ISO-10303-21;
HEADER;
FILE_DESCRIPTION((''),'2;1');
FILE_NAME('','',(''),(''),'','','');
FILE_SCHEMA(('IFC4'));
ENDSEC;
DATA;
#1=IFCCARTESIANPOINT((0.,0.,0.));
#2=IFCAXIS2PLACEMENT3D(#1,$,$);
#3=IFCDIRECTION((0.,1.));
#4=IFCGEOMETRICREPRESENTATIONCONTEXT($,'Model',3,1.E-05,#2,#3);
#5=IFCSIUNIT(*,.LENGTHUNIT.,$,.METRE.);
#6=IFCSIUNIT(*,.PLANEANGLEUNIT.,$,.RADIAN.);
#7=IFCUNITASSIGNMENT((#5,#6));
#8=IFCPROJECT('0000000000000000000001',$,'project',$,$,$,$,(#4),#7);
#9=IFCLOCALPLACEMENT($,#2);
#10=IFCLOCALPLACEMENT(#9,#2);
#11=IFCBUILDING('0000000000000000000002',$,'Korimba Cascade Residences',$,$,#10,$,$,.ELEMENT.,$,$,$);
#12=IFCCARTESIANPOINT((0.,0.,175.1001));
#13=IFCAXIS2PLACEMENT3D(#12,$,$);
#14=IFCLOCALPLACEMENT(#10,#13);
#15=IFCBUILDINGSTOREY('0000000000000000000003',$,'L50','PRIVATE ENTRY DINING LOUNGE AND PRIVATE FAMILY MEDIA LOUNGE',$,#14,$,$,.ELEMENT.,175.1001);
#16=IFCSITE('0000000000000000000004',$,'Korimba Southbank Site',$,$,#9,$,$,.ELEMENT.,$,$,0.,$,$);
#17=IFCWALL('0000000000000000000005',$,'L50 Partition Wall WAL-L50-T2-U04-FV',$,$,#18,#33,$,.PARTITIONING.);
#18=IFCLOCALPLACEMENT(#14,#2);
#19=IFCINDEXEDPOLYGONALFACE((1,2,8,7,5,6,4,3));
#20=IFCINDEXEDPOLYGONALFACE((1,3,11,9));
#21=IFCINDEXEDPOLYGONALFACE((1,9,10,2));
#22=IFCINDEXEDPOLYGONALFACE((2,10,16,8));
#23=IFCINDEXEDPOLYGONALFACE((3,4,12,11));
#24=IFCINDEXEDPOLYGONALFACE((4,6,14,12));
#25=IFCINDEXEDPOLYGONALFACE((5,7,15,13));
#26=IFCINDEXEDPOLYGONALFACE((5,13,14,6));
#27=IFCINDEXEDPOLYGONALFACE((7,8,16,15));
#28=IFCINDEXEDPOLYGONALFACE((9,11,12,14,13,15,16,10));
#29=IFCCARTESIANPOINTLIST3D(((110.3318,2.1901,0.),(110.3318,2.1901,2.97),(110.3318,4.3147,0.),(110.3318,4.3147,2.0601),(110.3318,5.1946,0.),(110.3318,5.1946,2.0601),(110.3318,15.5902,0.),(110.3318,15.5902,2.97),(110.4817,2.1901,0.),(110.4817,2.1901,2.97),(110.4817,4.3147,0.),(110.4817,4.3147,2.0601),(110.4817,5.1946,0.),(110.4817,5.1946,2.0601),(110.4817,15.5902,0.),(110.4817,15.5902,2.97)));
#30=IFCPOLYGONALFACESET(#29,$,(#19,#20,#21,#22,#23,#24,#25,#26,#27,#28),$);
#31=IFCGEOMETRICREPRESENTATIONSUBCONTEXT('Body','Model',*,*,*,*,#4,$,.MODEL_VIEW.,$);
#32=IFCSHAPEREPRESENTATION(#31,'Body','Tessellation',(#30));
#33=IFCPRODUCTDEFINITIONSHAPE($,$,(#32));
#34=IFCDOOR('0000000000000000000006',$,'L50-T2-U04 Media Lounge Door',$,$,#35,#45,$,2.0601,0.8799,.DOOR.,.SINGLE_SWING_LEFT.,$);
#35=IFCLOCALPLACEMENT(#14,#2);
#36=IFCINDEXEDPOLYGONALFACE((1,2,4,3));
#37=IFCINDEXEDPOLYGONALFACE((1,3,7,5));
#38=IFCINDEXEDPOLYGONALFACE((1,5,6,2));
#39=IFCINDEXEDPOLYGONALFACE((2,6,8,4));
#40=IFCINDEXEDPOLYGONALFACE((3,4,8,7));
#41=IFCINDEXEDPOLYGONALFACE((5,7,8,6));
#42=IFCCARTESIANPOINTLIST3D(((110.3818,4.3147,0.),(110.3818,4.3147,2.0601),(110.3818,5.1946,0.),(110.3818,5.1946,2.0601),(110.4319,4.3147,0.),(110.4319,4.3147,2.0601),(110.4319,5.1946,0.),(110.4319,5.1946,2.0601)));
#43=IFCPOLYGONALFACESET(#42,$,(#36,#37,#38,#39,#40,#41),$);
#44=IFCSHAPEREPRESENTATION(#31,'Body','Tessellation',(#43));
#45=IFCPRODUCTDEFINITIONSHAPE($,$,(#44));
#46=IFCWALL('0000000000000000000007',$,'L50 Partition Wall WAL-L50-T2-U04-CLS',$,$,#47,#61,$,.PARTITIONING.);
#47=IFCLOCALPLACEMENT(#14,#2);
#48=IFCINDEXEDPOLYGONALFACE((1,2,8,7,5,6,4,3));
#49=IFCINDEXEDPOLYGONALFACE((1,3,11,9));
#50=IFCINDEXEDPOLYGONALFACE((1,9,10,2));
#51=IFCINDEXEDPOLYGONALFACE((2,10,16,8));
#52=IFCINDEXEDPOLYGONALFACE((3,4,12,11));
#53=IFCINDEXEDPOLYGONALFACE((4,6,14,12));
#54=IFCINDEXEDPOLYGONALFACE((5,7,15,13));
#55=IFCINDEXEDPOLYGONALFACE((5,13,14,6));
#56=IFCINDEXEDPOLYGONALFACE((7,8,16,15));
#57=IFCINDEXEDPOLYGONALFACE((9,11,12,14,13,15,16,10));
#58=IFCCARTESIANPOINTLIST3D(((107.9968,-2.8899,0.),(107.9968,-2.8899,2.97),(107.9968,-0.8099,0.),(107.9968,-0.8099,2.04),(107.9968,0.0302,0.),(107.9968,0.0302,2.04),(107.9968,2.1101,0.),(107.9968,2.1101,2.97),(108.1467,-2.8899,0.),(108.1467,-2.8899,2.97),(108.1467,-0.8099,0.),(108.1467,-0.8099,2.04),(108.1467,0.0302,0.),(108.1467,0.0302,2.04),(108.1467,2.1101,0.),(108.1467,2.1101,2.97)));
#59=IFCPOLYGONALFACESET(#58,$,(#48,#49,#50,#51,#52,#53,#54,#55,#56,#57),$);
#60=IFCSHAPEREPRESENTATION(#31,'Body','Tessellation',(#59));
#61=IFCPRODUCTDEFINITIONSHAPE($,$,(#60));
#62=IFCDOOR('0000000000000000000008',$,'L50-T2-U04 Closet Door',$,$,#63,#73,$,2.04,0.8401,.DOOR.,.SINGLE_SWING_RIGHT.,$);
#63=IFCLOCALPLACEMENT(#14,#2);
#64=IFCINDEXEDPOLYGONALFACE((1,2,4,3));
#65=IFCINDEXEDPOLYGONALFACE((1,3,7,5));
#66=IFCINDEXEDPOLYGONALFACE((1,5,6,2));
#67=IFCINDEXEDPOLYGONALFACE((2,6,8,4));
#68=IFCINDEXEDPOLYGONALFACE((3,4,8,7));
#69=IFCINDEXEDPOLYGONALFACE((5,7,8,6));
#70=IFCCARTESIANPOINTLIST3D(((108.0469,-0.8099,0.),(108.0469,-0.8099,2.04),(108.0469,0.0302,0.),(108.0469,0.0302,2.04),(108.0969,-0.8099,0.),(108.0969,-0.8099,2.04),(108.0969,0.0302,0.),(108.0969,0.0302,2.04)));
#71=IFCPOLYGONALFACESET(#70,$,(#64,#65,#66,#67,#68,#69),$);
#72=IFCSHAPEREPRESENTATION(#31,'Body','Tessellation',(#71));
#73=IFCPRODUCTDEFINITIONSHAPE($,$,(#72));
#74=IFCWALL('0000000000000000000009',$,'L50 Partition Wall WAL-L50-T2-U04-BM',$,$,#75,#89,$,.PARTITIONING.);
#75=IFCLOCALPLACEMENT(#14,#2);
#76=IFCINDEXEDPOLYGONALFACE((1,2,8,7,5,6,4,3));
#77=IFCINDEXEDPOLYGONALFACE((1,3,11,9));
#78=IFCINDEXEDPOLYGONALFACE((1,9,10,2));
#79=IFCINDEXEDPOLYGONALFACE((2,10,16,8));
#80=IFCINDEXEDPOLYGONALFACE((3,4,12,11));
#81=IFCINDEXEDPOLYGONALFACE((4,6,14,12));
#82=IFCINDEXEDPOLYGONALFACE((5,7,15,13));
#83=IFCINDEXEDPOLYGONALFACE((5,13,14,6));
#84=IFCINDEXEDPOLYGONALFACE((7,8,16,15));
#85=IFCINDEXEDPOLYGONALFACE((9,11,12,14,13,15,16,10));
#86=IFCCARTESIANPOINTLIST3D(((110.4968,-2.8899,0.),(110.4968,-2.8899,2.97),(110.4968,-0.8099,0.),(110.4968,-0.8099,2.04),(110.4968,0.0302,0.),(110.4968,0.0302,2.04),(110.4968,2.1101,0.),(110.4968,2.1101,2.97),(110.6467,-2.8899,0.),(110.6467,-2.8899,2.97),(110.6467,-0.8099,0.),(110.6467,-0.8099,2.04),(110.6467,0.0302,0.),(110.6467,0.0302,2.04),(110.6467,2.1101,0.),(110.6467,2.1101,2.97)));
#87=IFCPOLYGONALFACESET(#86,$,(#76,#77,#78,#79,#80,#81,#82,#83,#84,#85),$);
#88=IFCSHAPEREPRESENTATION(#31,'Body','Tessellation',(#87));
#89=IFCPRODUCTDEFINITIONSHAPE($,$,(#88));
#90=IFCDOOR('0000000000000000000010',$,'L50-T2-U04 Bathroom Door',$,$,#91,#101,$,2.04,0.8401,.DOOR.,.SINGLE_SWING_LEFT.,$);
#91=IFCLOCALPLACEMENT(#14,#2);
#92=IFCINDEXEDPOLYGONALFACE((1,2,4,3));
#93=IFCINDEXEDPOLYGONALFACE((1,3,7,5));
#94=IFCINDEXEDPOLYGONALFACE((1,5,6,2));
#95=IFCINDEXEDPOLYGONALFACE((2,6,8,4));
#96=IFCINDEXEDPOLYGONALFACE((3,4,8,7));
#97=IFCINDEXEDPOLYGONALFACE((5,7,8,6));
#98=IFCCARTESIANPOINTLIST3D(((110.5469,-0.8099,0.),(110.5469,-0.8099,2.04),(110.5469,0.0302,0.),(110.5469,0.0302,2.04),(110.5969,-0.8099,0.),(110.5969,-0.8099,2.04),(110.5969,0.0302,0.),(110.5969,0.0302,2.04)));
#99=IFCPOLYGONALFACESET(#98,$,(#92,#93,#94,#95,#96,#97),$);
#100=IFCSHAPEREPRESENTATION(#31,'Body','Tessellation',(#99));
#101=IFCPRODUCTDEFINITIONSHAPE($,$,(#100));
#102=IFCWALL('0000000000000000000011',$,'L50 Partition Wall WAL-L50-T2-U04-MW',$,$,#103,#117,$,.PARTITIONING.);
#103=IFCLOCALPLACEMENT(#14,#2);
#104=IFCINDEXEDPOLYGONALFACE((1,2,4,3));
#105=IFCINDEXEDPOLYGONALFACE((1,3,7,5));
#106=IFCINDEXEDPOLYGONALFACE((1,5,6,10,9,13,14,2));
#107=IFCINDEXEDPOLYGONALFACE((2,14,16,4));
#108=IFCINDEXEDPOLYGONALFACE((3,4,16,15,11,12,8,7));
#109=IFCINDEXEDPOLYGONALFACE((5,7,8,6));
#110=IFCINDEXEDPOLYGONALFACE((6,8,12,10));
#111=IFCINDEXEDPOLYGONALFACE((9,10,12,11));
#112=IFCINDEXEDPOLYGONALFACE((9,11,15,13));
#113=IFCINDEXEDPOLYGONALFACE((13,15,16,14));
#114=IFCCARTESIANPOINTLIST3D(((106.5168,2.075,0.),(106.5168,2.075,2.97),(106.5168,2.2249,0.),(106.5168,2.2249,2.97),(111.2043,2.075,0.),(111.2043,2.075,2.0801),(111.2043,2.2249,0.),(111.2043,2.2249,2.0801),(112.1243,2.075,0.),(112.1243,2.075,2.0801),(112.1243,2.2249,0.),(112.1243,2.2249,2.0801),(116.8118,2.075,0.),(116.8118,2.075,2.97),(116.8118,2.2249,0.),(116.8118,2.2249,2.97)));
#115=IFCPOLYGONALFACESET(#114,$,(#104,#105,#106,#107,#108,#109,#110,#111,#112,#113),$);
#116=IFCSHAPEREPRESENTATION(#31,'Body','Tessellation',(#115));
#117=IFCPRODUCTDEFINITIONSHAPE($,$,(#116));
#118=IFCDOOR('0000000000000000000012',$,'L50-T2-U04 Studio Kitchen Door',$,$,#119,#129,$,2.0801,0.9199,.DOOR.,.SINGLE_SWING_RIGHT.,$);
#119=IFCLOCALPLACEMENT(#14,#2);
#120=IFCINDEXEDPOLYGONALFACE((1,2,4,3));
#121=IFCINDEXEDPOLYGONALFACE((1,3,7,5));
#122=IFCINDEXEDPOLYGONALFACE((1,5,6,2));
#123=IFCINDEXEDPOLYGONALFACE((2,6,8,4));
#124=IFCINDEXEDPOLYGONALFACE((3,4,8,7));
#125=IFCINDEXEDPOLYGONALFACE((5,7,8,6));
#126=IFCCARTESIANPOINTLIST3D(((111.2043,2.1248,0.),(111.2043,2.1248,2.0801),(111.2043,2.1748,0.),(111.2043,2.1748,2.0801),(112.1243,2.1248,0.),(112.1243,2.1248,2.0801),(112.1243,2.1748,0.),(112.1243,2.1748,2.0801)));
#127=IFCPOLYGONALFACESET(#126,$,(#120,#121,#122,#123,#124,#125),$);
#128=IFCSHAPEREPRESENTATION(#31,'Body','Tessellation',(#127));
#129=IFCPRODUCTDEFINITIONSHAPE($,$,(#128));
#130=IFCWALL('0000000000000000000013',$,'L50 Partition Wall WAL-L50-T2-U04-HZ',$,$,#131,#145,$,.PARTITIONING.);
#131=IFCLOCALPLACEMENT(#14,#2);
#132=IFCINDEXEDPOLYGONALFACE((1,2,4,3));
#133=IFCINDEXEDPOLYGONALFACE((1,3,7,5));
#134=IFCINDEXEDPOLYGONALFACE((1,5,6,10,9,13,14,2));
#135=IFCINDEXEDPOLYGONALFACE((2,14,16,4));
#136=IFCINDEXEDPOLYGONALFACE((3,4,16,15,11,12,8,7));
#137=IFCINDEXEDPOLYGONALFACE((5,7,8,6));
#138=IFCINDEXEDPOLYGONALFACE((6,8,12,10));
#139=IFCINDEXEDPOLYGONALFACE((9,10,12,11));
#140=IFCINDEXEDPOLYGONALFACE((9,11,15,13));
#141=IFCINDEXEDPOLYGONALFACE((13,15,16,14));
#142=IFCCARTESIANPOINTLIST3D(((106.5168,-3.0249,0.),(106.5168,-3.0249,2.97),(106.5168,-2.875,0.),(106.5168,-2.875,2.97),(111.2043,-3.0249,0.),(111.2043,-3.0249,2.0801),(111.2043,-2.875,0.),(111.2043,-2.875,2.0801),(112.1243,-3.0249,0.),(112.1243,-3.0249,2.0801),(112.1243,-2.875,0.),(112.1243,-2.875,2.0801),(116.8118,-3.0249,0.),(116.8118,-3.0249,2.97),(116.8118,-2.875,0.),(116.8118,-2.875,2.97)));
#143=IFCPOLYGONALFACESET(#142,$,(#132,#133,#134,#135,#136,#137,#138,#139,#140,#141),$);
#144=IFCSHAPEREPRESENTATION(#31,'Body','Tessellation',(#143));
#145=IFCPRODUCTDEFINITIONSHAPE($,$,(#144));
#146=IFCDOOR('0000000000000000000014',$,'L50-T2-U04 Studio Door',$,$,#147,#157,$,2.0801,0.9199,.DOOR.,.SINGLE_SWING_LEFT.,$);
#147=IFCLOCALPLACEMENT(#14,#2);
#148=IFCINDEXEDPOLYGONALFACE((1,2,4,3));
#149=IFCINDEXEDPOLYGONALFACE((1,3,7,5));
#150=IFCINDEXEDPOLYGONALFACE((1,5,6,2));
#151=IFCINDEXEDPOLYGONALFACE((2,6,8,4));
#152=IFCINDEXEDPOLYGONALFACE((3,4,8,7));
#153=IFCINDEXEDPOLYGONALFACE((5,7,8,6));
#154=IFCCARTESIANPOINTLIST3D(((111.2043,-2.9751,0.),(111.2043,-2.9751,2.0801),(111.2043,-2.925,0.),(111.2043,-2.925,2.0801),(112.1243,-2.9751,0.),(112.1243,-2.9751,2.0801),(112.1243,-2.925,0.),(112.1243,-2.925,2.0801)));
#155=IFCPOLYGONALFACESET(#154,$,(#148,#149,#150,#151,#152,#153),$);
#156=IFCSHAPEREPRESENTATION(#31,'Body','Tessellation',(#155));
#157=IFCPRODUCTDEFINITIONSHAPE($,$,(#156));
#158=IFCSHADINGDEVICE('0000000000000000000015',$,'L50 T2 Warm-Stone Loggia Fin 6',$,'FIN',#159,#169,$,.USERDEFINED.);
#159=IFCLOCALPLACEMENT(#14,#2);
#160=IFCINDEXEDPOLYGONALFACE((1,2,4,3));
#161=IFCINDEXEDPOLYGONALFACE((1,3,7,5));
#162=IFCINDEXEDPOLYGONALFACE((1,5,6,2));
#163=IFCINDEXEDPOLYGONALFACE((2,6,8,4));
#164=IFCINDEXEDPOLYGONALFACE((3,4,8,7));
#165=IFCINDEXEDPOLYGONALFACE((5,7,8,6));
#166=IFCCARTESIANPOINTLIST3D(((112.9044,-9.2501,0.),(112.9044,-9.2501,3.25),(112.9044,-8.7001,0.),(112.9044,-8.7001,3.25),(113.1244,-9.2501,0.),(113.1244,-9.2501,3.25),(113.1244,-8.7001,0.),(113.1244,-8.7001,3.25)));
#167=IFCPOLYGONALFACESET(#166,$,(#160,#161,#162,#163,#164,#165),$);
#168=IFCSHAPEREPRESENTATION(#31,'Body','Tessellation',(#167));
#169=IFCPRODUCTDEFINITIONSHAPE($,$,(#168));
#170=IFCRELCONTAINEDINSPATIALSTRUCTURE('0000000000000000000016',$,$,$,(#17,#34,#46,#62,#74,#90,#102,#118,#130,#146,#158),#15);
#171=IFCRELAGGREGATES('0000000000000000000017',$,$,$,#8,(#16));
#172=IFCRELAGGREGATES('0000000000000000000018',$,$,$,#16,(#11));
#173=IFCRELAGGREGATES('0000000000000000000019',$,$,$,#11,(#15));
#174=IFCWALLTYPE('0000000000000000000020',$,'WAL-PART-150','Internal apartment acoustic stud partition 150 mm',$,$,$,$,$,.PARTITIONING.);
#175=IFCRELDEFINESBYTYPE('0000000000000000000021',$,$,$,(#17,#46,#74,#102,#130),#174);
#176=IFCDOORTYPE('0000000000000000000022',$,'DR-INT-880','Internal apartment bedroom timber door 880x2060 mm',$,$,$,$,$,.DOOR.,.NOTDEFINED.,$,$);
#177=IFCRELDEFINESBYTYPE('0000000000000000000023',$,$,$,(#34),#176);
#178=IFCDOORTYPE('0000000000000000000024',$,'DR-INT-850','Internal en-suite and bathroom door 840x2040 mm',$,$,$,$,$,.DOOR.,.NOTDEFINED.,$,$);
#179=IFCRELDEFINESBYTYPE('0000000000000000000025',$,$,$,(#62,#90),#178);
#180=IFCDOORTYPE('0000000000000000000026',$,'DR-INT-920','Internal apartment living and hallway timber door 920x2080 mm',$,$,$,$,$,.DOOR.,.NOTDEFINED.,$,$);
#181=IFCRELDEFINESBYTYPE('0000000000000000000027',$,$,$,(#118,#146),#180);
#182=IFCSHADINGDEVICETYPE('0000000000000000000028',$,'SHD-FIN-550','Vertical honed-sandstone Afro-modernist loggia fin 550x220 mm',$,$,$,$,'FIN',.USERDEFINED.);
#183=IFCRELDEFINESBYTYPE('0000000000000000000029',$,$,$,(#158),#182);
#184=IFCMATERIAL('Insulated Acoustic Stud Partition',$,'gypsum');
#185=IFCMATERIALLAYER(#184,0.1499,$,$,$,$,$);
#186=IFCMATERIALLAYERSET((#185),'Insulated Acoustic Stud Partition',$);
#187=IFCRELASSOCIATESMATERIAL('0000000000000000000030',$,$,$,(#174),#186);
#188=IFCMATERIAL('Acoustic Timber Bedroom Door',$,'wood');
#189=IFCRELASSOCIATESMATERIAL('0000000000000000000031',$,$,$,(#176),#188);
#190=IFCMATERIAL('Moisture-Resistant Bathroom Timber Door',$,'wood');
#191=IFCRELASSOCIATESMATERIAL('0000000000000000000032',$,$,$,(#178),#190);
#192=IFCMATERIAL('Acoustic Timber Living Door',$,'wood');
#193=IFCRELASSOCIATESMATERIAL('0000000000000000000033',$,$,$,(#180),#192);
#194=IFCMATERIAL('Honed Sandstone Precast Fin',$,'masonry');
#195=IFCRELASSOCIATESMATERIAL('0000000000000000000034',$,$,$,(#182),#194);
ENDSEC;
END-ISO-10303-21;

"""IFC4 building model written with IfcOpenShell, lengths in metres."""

from ifc_helpers import new_model, si_unit, direction, frame, frame_2d, origin, origin_2d, place, context, subcontext, project, spatial, rectangle, extrude, material, layer, layer_set, type_object, element, fill, save


model = new_model("IFC4")

# Units and contexts
model_context = context("Model", 3, precision=1e-05, world=origin(), true_north=direction((0.0, 1.0)))
body_context = subcontext(model_context, "Body", "Model", "MODEL_VIEW")
ifc_project = project(units=[si_unit("LENGTHUNIT", "METRE"), si_unit("PLANEANGLEUNIT", "RADIAN")], contexts=[model_context])

# Site, building, storey
site_placement = place(None, origin())
site = spatial("IfcSite", under=ifc_project, at=site_placement, Name="Korimba Southbank Site", CompositionType="ELEMENT", RefElevation=0.0)
building_placement = place(site_placement, origin())
building = spatial("IfcBuilding", under=site, at=building_placement, Name="Korimba Cascade Residences", CompositionType="ELEMENT")
storey_placement = place(building_placement, frame((0.0, 0.0, 175.1001)))
storey = spatial("IfcBuildingStorey", under=building, at=storey_placement, Name="L50", Description="PRIVATE ENTRY DINING LOUNGE AND PRIVATE FAMILY MEDIA LOUNGE", CompositionType="ELEMENT", Elevation=175.1001)

# Walls, openings, doors
ifc_material_1 = material(Name="Insulated Acoustic Stud Partition", Category="gypsum")
ifc_layer_1 = layer(ifc_material_1, 0.1499)
ifc_layer_set_1 = layer_set([ifc_layer_1], Name="Insulated Acoustic Stud Partition")
wall_type_1 = type_object("IfcWallType", Name="WAL-PART-150", Description="Internal apartment acoustic stud partition 150 mm", PredefinedType="PARTITIONING", material=ifc_layer_set_1)
wall_1_placement = place(storey_placement, frame((110.4067, 2.1899, 0.0), z_axis=(0.0, 0.0, 1.0), x_axis=(0.0, 1.0, 0.0)))
wall_1 = element("IfcWall", 1, at=wall_1_placement, inside=storey, type_object=wall_type_1, Name="L50 Partition Wall WAL-L50-T2-U04-FV", PredefinedType="PARTITIONING", context=body_context, shape_type="SweptSolid", body=[
    extrude(rectangle(XDim=13.4001, YDim=0.1499, at=frame_2d((6.7002, 0.0))), origin(), (0.0, 0.0, 1.0), 2.97),
])
opening_1_placement = place(wall_1_placement, frame((2.1248, 0.0, 0.0)))
opening_1 = element("IfcOpeningElement", 2, at=opening_1_placement, cuts=wall_1, PredefinedType="OPENING", context=body_context, shape_type="SweptSolid", body=[
    extrude(rectangle(XDim=0.8799, YDim=2.0601, at=frame_2d((0.4399, 1.03))), frame((0.0, 0.085, 0.0), z_axis=(0.0, -1.0, 0.0), x_axis=(1.0, 0.0, 0.0)), (0.0, 0.0, 1.0), 0.1699),
])
ifc_material_2 = material(Name="Acoustic Timber Bedroom Door", Category="wood")
door_type_1 = type_object("IfcDoorType", Name="DR-INT-880", Description="Internal apartment bedroom timber door 880x2060 mm", OperationType="NOTDEFINED", PredefinedType="DOOR", material=ifc_material_2)
door_1_placement = place(opening_1_placement, origin())
door_1 = element("IfcDoor", 3, at=door_1_placement, inside=storey, type_object=door_type_1, Name="L50-T2-U04 Media Lounge Door", OperationType="SINGLE_SWING_LEFT", OverallHeight=2.0601, OverallWidth=0.8799, PredefinedType="DOOR", context=body_context, shape_type="SweptSolid", body=[
    extrude(rectangle(XDim=0.8799, YDim=2.0601, at=frame_2d((0.4399, 1.03))), frame((0.0, 0.0249, 0.0), z_axis=(0.0, -1.0, 0.0), x_axis=(1.0, 0.0, 0.0)), (0.0, 0.0, 1.0), 0.05),
])
fill(opening_1, door_1)
wall_2_placement = place(storey_placement, frame((108.0718, -2.8899, 0.0), z_axis=(0.0, 0.0, 1.0), x_axis=(0.0, 1.0, 0.0)))
wall_2 = element("IfcWall", 4, at=wall_2_placement, inside=storey, type_object=wall_type_1, Name="L50 Partition Wall WAL-L50-T2-U04-CLS", PredefinedType="PARTITIONING", context=body_context, shape_type="SweptSolid", body=[
    extrude(rectangle(XDim=5.0, YDim=0.1499, at=frame_2d((2.5, 0.0))), origin(), (0.0, 0.0, 1.0), 2.97),
])
opening_2_placement = place(wall_2_placement, frame((2.0801, 0.0, 0.0)))
opening_2 = element("IfcOpeningElement", 5, at=opening_2_placement, cuts=wall_2, PredefinedType="OPENING", context=body_context, shape_type="SweptSolid", body=[
    extrude(rectangle(XDim=0.8401, YDim=2.04, at=frame_2d((0.4199, 1.02))), frame((0.0, 0.085, 0.0), z_axis=(0.0, -1.0, 0.0), x_axis=(1.0, 0.0, 0.0)), (0.0, 0.0, 1.0), 0.1699),
])
ifc_material_3 = material(Name="Moisture-Resistant Bathroom Timber Door", Category="wood")
door_type_2 = type_object("IfcDoorType", Name="DR-INT-850", Description="Internal en-suite and bathroom door 840x2040 mm", OperationType="NOTDEFINED", PredefinedType="DOOR", material=ifc_material_3)
door_2_placement = place(opening_2_placement, origin())
door_2 = element("IfcDoor", 6, at=door_2_placement, inside=storey, type_object=door_type_2, Name="L50-T2-U04 Closet Door", OperationType="SINGLE_SWING_RIGHT", OverallHeight=2.04, OverallWidth=0.8401, PredefinedType="DOOR", context=body_context, shape_type="SweptSolid", body=[
    extrude(rectangle(XDim=0.8401, YDim=2.04, at=frame_2d((0.4199, 1.02))), frame((0.0, 0.0249, 0.0), z_axis=(0.0, -1.0, 0.0), x_axis=(1.0, 0.0, 0.0)), (0.0, 0.0, 1.0), 0.05),
])
fill(opening_2, door_2)
wall_3_placement = place(storey_placement, frame((110.5718, -2.8899, 0.0), z_axis=(0.0, 0.0, 1.0), x_axis=(0.0, 1.0, 0.0)))
wall_3 = element("IfcWall", 7, at=wall_3_placement, inside=storey, type_object=wall_type_1, Name="L50 Partition Wall WAL-L50-T2-U04-BM", PredefinedType="PARTITIONING", context=body_context, shape_type="SweptSolid", body=[
    extrude(rectangle(XDim=5.0, YDim=0.1499, at=frame_2d((2.5, 0.0))), origin(), (0.0, 0.0, 1.0), 2.97),
])
opening_3_placement = place(wall_3_placement, frame((2.0801, 0.0, 0.0)))
opening_3 = element("IfcOpeningElement", 8, at=opening_3_placement, cuts=wall_3, PredefinedType="OPENING", context=body_context, shape_type="SweptSolid", body=[
    extrude(rectangle(XDim=0.8401, YDim=2.04, at=frame_2d((0.4199, 1.02))), frame((0.0, 0.085, 0.0), z_axis=(0.0, -1.0, 0.0), x_axis=(1.0, 0.0, 0.0)), (0.0, 0.0, 1.0), 0.1699),
])
door_3_placement = place(opening_3_placement, origin())
door_3 = element("IfcDoor", 9, at=door_3_placement, inside=storey, type_object=door_type_2, Name="L50-T2-U04 Bathroom Door", OperationType="SINGLE_SWING_LEFT", OverallHeight=2.04, OverallWidth=0.8401, PredefinedType="DOOR", context=body_context, shape_type="SweptSolid", body=[
    extrude(rectangle(XDim=0.8401, YDim=2.04, at=frame_2d((0.4199, 1.02))), frame((0.0, 0.0249, 0.0), z_axis=(0.0, -1.0, 0.0), x_axis=(1.0, 0.0, 0.0)), (0.0, 0.0, 1.0), 0.05),
])
fill(opening_3, door_3)
wall_4_placement = place(storey_placement, frame((106.5168, 2.1499, 0.0), z_axis=(0.0, 0.0, 1.0), x_axis=(1.0, 0.0, 0.0)))
wall_4 = element("IfcWall", 10, at=wall_4_placement, inside=storey, type_object=wall_type_1, Name="L50 Partition Wall WAL-L50-T2-U04-MW", PredefinedType="PARTITIONING", context=body_context, shape_type="SweptSolid", body=[
    extrude(rectangle(XDim=10.2949, YDim=0.1499, at=frame_2d((5.1475, 0.0))), origin(), (0.0, 0.0, 1.0), 2.97),
])
opening_4_placement = place(wall_4_placement, frame((4.6875, 0.0, 0.0)))
opening_4 = element("IfcOpeningElement", 11, at=opening_4_placement, cuts=wall_4, PredefinedType="OPENING", context=body_context, shape_type="SweptSolid", body=[
    extrude(rectangle(XDim=0.9199, YDim=2.0801, at=frame_2d((0.46, 1.04))), frame((0.0, 0.085, 0.0), z_axis=(0.0, -1.0, 0.0), x_axis=(1.0, 0.0, 0.0)), (0.0, 0.0, 1.0), 0.1699),
])
ifc_material_4 = material(Name="Acoustic Timber Living Door", Category="wood")
door_type_3 = type_object("IfcDoorType", Name="DR-INT-920", Description="Internal apartment living and hallway timber door 920x2080 mm", OperationType="NOTDEFINED", PredefinedType="DOOR", material=ifc_material_4)
door_4_placement = place(opening_4_placement, origin())
door_4 = element("IfcDoor", 12, at=door_4_placement, inside=storey, type_object=door_type_3, Name="L50-T2-U04 Studio Kitchen Door", OperationType="SINGLE_SWING_RIGHT", OverallHeight=2.0801, OverallWidth=0.9199, PredefinedType="DOOR", context=body_context, shape_type="SweptSolid", body=[
    extrude(rectangle(XDim=0.9199, YDim=2.0801, at=frame_2d((0.46, 1.04))), frame((0.0, 0.0249, 0.0), z_axis=(0.0, -1.0, 0.0), x_axis=(1.0, 0.0, 0.0)), (0.0, 0.0, 1.0), 0.05),
])
fill(opening_4, door_4)
wall_5_placement = place(storey_placement, frame((106.5168, -2.95, 0.0), z_axis=(0.0, 0.0, 1.0), x_axis=(1.0, 0.0, 0.0)))
wall_5 = element("IfcWall", 13, at=wall_5_placement, inside=storey, type_object=wall_type_1, Name="L50 Partition Wall WAL-L50-T2-U04-HZ", PredefinedType="PARTITIONING", context=body_context, shape_type="SweptSolid", body=[
    extrude(rectangle(XDim=10.2949, YDim=0.1499, at=frame_2d((5.1475, 0.0))), origin(), (0.0, 0.0, 1.0), 2.97),
])
opening_5_placement = place(wall_5_placement, frame((4.6875, 0.0, 0.0)))
opening_5 = element("IfcOpeningElement", 14, at=opening_5_placement, cuts=wall_5, PredefinedType="OPENING", context=body_context, shape_type="SweptSolid", body=[
    extrude(rectangle(XDim=0.9199, YDim=2.0801, at=frame_2d((0.46, 1.04))), frame((0.0, 0.085, 0.0), z_axis=(0.0, -1.0, 0.0), x_axis=(1.0, 0.0, 0.0)), (0.0, 0.0, 1.0), 0.1699),
])
door_5_placement = place(opening_5_placement, origin())
door_5 = element("IfcDoor", 15, at=door_5_placement, inside=storey, type_object=door_type_3, Name="L50-T2-U04 Studio Door", OperationType="SINGLE_SWING_LEFT", OverallHeight=2.0801, OverallWidth=0.9199, PredefinedType="DOOR", context=body_context, shape_type="SweptSolid", body=[
    extrude(rectangle(XDim=0.9199, YDim=2.0801, at=frame_2d((0.46, 1.04))), frame((0.0, 0.0249, 0.0), z_axis=(0.0, -1.0, 0.0), x_axis=(1.0, 0.0, 0.0)), (0.0, 0.0, 1.0), 0.05),
])
fill(opening_5, door_5)

# Shading device
ifc_material_5 = material(Name="Honed Sandstone Precast Fin", Category="masonry")
shading_device_type = type_object("IfcShadingDeviceType", Name="SHD-FIN-550", Description="Vertical honed-sandstone Afro-modernist loggia fin 550x220 mm", ElementType="FIN", PredefinedType="USERDEFINED", material=ifc_material_5)
shading_device_placement = place(storey_placement, frame((113.0144, -8.9751, 0.0), z_axis=(0.0, 0.0, 1.0), x_axis=(1.0, 0.0, 0.0)))
element("IfcShadingDevice", 16, at=shading_device_placement, inside=storey, type_object=shading_device_type, Name="L50 T2 Warm-Stone Loggia Fin 6", ObjectType="FIN", PredefinedType="USERDEFINED", context=body_context, shape_type="SweptSolid", body=[
    extrude(rectangle(XDim=0.22, YDim=0.55, at=origin_2d()), origin(), (0.0, 0.0, 1.0), 3.25),
])

save(model, "model.ifc")
